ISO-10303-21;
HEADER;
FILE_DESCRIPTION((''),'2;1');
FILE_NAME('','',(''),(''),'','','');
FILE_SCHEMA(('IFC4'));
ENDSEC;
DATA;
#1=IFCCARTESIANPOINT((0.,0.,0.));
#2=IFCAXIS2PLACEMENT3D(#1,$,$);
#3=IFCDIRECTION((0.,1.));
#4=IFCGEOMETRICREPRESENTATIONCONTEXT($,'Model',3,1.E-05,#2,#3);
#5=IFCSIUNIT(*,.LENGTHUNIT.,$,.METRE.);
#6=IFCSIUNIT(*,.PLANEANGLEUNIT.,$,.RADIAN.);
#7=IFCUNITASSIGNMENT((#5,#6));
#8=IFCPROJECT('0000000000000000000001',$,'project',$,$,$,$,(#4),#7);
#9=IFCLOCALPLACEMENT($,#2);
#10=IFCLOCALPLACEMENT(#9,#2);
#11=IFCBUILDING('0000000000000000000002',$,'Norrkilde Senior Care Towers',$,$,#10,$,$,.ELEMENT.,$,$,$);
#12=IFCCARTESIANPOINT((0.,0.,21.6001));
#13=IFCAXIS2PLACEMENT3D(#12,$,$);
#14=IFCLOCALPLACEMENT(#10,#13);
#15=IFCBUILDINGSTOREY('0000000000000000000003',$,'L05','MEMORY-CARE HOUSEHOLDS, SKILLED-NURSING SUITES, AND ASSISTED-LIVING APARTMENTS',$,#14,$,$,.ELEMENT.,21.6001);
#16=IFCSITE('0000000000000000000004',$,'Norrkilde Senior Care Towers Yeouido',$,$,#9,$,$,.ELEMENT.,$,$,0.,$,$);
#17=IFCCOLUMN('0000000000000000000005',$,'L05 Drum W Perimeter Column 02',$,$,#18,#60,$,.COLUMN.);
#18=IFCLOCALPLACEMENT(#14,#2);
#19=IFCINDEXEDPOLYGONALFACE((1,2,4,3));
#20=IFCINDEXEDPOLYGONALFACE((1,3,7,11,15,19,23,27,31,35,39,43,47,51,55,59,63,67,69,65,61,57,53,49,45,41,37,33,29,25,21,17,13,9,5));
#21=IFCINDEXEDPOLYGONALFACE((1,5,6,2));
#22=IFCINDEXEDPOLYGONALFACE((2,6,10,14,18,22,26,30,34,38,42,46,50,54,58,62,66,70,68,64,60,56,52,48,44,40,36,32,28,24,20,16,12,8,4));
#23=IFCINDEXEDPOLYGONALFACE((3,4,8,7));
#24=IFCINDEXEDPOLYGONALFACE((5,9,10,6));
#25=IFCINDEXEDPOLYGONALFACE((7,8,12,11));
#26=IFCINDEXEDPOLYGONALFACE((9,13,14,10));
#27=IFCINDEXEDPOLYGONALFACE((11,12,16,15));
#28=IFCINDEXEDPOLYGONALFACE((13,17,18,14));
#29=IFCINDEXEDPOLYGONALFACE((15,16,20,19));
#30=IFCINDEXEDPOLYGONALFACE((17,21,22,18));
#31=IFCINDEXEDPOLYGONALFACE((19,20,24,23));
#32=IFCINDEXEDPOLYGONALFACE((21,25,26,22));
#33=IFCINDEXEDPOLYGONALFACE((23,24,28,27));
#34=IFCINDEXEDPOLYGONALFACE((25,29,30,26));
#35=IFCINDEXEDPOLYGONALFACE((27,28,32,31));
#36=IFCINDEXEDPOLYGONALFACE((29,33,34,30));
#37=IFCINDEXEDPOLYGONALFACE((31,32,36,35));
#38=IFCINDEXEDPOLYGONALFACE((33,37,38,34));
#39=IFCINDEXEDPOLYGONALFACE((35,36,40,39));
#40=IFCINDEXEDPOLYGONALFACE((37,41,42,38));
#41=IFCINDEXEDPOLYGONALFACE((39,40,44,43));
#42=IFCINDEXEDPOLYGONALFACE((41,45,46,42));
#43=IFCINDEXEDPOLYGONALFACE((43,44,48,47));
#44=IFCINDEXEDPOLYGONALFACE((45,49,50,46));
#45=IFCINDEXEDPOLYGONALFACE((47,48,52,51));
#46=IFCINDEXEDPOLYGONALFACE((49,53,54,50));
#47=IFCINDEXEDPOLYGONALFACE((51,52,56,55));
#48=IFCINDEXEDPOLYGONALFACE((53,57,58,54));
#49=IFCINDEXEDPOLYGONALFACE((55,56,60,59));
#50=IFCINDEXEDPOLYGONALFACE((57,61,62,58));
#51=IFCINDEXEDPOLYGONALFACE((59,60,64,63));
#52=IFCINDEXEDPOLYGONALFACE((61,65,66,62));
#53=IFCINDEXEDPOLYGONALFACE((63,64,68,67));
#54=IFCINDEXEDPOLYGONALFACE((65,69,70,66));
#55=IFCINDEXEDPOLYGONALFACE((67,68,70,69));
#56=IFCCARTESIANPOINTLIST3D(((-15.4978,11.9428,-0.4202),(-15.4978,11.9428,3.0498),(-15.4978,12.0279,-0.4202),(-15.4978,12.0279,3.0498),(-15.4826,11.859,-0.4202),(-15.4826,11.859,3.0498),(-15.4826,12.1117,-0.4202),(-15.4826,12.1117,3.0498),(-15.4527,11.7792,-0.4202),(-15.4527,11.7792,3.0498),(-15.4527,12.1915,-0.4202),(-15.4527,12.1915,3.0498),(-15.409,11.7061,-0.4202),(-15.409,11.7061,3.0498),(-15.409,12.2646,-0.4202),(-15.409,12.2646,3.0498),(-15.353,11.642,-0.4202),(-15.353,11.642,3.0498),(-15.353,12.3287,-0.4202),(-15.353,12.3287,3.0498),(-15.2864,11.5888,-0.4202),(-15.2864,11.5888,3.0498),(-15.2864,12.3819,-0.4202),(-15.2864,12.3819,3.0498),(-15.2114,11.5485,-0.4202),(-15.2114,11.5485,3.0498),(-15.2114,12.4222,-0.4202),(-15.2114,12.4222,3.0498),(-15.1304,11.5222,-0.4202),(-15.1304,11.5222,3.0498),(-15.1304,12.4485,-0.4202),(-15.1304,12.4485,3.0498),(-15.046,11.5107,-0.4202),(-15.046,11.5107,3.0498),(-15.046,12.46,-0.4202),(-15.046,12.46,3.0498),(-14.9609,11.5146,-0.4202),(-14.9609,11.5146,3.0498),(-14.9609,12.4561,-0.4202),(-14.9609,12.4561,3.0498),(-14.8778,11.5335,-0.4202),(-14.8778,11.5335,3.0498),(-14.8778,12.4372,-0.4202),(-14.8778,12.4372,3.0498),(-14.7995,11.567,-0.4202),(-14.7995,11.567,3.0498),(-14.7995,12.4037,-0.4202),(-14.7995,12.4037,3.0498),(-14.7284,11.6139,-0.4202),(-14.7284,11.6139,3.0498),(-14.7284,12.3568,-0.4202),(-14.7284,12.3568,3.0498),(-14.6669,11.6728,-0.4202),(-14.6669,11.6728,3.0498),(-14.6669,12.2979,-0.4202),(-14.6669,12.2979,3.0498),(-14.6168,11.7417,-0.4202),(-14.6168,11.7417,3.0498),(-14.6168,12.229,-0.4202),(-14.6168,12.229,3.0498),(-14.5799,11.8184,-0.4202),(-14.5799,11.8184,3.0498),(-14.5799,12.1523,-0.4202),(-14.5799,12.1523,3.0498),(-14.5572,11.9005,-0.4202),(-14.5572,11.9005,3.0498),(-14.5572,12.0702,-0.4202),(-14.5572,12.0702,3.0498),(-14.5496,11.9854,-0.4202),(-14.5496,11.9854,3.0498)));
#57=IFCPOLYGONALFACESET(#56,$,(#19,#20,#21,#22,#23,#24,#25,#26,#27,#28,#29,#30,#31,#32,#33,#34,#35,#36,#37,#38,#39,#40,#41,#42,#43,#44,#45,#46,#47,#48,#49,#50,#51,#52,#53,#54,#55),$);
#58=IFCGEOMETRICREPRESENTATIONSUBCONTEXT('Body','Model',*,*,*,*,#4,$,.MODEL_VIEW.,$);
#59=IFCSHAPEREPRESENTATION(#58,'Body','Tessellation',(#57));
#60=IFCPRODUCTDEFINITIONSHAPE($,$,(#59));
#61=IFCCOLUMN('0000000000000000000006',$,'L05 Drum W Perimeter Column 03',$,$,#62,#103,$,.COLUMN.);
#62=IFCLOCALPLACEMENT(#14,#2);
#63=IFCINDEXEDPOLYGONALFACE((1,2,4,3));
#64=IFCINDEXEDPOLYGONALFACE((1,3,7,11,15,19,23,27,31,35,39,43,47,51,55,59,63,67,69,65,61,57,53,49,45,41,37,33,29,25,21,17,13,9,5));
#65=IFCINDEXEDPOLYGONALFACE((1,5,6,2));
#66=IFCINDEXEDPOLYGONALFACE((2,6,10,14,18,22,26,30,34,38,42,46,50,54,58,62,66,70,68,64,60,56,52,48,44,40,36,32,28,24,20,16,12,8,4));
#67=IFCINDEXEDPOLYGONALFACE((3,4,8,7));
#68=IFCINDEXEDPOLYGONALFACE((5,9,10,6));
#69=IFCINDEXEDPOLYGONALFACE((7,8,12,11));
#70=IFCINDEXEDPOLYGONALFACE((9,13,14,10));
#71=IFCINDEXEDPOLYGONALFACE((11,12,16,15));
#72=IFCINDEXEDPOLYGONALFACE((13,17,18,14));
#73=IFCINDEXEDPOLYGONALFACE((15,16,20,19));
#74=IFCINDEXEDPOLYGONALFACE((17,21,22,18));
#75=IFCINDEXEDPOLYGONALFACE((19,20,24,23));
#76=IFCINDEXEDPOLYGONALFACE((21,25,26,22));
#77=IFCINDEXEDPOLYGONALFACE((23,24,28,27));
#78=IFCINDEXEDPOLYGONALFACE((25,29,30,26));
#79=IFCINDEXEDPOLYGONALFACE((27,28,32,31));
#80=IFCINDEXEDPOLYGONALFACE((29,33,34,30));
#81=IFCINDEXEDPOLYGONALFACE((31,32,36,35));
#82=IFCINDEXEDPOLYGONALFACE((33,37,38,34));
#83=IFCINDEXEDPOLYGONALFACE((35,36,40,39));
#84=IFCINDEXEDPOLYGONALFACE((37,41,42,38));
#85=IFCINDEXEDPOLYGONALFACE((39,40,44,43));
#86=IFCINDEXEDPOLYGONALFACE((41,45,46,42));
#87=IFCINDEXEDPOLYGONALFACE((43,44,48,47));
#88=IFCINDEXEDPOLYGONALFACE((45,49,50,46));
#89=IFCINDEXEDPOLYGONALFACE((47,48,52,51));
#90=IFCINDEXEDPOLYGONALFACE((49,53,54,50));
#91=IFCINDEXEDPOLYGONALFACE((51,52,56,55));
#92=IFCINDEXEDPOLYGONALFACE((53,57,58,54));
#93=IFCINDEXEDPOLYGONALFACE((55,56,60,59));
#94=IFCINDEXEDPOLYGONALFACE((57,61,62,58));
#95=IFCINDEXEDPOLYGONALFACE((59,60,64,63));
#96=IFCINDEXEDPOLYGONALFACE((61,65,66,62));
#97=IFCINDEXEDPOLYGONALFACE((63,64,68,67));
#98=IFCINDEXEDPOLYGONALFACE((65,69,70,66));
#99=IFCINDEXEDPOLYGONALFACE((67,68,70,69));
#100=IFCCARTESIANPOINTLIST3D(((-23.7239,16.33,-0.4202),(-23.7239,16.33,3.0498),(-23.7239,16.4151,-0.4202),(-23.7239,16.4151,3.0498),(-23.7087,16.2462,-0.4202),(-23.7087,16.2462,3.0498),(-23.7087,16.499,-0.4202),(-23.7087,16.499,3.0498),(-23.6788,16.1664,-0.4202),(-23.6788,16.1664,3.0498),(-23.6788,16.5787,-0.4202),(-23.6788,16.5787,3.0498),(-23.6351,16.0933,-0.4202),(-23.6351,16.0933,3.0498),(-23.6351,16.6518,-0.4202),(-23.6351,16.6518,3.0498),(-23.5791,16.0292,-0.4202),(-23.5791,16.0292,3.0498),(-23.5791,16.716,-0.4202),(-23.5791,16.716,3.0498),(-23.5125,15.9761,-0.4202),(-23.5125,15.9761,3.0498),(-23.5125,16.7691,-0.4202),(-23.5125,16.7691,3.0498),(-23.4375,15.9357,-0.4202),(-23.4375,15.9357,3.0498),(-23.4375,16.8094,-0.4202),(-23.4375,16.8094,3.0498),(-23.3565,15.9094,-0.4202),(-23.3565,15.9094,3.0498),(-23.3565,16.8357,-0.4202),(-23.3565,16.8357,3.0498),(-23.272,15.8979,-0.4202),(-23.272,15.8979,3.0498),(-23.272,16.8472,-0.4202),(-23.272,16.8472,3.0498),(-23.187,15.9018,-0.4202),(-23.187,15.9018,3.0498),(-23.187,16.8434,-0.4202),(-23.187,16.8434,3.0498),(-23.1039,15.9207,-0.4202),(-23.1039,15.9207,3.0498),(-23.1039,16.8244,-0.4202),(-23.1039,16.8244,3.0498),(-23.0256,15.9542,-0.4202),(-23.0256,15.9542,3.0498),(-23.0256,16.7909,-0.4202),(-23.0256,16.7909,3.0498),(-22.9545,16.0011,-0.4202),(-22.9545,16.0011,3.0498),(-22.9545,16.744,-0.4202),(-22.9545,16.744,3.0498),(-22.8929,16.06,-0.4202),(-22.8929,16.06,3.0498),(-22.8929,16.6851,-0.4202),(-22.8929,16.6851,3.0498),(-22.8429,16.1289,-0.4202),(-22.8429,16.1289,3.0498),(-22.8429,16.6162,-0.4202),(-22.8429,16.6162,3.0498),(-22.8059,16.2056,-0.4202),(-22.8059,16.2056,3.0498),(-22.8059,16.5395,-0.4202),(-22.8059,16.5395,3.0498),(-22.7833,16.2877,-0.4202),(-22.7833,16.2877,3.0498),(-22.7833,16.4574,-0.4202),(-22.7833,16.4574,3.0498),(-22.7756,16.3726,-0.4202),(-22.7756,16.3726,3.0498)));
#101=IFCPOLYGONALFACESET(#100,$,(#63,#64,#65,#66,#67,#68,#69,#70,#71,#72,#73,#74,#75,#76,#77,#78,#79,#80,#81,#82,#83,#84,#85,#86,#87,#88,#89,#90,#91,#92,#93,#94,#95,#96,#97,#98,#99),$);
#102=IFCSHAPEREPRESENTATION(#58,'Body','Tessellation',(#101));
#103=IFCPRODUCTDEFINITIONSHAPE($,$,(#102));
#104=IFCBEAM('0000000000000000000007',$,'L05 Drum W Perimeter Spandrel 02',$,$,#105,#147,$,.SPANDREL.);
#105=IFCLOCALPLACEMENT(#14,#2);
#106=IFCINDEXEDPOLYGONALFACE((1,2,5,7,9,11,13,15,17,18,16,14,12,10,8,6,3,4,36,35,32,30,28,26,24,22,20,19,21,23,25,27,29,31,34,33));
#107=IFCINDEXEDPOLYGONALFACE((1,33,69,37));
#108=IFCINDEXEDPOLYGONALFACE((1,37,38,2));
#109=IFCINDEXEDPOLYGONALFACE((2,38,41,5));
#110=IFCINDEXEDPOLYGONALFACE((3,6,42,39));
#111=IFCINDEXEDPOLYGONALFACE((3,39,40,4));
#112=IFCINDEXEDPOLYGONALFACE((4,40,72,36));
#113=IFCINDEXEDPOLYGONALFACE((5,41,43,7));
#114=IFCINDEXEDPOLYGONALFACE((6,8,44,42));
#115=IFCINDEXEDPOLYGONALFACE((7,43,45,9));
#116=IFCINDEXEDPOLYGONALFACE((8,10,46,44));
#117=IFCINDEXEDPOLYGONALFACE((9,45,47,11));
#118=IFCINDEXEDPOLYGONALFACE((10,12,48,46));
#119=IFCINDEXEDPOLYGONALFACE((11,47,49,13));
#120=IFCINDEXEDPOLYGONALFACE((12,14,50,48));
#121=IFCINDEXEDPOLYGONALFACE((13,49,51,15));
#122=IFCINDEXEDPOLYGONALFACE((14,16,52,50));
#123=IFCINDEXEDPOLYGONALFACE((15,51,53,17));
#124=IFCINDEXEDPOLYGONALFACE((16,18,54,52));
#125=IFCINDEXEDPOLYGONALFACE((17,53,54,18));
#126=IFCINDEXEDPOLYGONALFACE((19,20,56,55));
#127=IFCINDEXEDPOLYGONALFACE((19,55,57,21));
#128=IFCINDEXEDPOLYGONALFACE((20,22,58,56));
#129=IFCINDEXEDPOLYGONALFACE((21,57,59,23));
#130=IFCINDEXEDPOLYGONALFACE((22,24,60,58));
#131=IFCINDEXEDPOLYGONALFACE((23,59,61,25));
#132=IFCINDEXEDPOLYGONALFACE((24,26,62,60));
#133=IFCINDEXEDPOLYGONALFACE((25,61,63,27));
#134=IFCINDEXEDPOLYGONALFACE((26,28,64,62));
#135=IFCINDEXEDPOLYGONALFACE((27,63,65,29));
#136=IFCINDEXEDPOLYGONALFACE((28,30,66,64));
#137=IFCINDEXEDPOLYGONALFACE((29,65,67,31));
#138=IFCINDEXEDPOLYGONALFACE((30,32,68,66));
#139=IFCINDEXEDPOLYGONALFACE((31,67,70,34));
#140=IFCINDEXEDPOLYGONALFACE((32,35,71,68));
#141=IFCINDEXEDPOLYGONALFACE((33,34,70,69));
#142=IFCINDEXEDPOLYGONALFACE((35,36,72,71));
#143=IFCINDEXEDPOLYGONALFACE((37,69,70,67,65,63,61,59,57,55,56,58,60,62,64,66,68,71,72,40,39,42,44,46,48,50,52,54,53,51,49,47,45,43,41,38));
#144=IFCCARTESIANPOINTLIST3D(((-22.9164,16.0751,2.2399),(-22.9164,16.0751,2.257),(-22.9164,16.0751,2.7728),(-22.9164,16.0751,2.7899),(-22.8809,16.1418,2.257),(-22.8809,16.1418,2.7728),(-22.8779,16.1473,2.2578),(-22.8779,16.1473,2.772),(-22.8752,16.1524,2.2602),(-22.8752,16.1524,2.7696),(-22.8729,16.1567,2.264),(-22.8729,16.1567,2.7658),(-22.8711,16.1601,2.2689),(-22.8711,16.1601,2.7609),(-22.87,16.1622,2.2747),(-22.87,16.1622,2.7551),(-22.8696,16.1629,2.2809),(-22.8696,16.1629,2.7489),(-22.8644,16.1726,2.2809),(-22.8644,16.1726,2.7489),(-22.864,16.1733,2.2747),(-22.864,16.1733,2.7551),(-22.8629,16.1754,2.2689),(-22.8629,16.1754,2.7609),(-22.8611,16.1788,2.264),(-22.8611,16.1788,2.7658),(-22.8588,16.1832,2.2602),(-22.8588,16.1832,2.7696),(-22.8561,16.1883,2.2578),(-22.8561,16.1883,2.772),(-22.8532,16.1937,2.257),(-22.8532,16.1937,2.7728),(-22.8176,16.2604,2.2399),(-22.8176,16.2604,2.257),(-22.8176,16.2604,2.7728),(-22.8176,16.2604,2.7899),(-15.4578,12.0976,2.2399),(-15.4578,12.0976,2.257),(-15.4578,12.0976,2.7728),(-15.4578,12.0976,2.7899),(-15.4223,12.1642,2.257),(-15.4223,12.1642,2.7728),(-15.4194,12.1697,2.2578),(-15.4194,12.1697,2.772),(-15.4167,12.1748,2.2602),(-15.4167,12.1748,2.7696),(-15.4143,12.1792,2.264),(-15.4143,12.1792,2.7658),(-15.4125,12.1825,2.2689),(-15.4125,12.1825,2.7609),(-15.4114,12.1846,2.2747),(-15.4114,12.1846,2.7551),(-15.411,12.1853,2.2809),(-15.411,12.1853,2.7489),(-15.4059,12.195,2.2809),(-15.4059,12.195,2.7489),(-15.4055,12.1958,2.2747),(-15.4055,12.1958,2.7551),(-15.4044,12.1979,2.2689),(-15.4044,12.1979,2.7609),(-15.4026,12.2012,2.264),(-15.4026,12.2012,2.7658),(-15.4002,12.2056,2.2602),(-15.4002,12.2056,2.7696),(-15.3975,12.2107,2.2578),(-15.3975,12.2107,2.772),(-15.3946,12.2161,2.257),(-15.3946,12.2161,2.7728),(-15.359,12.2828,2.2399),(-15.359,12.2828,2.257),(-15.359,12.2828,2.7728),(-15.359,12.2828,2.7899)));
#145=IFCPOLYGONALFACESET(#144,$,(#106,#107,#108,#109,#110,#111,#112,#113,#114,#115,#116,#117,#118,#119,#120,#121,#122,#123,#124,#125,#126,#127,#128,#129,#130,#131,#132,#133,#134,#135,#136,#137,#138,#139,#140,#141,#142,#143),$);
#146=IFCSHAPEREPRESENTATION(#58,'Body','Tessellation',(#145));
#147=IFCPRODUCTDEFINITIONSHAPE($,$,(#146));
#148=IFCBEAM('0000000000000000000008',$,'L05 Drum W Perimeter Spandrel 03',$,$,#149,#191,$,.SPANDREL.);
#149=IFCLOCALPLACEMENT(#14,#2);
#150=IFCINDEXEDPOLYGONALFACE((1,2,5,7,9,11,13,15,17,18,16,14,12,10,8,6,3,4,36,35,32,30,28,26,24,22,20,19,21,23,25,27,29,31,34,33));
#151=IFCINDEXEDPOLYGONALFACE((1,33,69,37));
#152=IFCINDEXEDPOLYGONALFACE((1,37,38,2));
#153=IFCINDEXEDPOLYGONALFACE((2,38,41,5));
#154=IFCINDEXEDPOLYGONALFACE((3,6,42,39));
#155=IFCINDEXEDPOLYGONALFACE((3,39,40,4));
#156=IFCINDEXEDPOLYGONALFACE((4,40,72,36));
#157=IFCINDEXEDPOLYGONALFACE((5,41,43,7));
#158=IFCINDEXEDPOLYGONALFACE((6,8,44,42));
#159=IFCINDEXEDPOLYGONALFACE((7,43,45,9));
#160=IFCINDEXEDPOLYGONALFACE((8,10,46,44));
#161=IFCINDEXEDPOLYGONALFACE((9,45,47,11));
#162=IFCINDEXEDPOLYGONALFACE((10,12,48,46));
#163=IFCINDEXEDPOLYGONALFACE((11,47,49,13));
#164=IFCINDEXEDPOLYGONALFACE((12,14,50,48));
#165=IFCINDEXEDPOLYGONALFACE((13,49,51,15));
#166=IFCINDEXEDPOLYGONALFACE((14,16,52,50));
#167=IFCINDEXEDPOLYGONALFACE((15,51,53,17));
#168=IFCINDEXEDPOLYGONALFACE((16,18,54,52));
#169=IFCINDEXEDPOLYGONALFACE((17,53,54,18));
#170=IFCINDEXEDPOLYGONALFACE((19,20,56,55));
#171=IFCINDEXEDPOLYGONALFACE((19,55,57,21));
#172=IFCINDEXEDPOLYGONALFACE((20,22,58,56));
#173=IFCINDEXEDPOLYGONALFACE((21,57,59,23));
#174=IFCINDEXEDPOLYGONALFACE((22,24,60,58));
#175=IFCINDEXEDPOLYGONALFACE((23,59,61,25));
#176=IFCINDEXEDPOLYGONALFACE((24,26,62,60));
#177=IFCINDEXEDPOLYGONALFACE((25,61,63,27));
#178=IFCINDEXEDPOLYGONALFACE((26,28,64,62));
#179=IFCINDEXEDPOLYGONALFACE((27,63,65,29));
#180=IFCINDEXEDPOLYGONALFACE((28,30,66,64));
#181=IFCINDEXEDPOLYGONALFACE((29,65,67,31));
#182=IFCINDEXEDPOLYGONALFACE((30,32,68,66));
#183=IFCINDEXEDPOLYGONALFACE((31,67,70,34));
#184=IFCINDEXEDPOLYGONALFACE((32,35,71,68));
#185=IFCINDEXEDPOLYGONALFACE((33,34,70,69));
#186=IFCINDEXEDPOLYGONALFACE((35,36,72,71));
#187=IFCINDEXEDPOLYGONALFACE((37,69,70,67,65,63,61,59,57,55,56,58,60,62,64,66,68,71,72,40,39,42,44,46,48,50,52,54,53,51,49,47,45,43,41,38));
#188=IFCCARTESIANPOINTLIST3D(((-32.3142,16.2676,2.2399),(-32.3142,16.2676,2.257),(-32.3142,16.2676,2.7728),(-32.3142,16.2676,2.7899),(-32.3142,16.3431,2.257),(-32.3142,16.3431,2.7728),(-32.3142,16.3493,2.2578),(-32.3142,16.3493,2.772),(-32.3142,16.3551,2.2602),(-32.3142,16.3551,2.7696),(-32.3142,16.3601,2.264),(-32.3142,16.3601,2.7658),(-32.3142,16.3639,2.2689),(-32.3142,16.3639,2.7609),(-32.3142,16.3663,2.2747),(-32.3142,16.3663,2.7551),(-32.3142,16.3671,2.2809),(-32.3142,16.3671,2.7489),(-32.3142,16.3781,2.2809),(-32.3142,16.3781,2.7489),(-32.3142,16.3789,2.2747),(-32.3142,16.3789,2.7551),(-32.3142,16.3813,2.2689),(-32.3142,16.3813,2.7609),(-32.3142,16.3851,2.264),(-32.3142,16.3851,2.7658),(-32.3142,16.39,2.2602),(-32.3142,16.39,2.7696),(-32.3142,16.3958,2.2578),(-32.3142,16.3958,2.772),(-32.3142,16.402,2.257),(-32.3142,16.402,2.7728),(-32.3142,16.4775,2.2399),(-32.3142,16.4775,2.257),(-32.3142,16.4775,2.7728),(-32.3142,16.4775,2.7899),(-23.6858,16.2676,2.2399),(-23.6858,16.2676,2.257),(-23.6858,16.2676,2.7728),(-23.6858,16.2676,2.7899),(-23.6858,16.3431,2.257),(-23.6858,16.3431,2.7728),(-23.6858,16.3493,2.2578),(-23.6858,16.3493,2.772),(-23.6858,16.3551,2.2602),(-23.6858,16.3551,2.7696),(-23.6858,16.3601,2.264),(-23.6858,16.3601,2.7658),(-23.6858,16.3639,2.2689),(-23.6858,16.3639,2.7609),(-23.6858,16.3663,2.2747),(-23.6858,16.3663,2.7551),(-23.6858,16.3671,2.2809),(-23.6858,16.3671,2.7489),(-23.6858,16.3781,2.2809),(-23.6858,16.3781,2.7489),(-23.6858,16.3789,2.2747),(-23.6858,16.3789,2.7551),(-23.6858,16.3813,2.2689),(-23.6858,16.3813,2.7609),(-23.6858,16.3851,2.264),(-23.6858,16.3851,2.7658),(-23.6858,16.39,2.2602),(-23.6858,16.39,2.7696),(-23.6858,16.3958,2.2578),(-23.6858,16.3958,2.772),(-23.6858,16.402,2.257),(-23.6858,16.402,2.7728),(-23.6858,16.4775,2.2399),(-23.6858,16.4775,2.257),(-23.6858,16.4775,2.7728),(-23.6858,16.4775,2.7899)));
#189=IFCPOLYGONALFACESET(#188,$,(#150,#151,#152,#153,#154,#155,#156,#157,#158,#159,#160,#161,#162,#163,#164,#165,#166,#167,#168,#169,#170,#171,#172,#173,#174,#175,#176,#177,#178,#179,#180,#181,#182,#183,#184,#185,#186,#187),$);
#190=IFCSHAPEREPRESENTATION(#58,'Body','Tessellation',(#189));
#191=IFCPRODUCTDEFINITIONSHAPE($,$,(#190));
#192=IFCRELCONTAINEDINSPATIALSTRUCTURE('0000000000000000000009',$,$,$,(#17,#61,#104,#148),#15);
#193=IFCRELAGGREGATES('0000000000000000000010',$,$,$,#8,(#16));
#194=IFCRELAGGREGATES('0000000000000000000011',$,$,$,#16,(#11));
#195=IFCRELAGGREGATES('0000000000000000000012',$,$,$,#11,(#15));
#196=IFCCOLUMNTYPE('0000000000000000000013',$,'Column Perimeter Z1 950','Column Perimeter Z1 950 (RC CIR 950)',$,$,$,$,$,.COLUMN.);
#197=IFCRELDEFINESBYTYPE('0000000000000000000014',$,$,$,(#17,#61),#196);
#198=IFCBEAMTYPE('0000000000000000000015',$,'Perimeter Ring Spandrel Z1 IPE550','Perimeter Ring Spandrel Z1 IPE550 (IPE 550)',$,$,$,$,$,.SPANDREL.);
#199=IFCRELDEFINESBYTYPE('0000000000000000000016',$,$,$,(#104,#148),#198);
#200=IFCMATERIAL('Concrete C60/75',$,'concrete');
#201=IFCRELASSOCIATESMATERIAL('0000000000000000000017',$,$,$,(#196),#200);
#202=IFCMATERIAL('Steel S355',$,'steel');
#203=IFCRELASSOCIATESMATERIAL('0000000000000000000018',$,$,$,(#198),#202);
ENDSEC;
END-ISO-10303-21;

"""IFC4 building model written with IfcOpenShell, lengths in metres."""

from ifc_helpers import new_model, si_unit, direction, frame, origin, origin_2d, place, context, subcontext, project, spatial, circle, i_section, extrude, source, transform, mapped, material, material_profile, profile_set, type_object, type_shapes, element, save


model = new_model("IFC4")

# Units and contexts
model_context = context("Model", 3, precision=1e-05, world=origin(), true_north=direction((0.0, 1.0)))
body_context = subcontext(model_context, "Body", "Model", "MODEL_VIEW")
ifc_project = project(units=[si_unit("LENGTHUNIT", "METRE"), si_unit("PLANEANGLEUNIT", "RADIAN")], contexts=[model_context])

# Site, building, storey
site_placement = place(None, origin())
site = spatial("IfcSite", under=ifc_project, at=site_placement, Name="Norrkilde Senior Care Towers Yeouido", CompositionType="ELEMENT", RefElevation=0.0)
building_placement = place(site_placement, origin())
building = spatial("IfcBuilding", under=site, at=building_placement, Name="Norrkilde Senior Care Towers", CompositionType="ELEMENT")
storey_placement = place(building_placement, frame((0.0, 0.0, 21.6001)))
storey = spatial("IfcBuildingStorey", under=building, at=storey_placement, Name="L05", Description="MEMORY-CARE HOUSEHOLDS, SKILLED-NURSING SUITES, AND ASSISTED-LIVING APARTMENTS", CompositionType="ELEMENT", Elevation=21.6001)

# Columns
ifc_material_1 = material(Name="Concrete C60/75", Category="concrete")
ifc_material_profile_1 = material_profile(ifc_material_1, circle(Radius=0.4751, at=origin_2d()), Name="RC CIR 950")
ifc_profile_set_1 = profile_set([ifc_material_profile_1], Name="Concrete C60/75")
column_type = type_object("IfcColumnType", Name="Column Perimeter Z1 950", Description="Column Perimeter Z1 950 (RC CIR 950)", PredefinedType="COLUMN", material=ifc_profile_set_1)
shared_shape_1 = source(origin(), body_context, "Body", "SweptSolid", [
    extrude(circle(Radius=0.4751, at=origin_2d()), origin(), (0.0, 0.0, 1.0), 3.47),
])
type_shapes(column_type, [shared_shape_1])
for number, where, z_axis, x_axis, name in (
    (1, (-15.0247, 11.9854, -0.4202), (0.0, 0.0, 1.0), (1.0, 0.0, 0.0), "L05 Drum W Perimeter Column 02"),
    (2, (-23.2507, 16.3726, -0.4202), (0.0, 0.0, 1.0), (1.0, 0.0, 0.0), "L05 Drum W Perimeter Column 03"),
):
    element("IfcColumn", number, at=place(storey_placement, frame(where, z_axis=z_axis, x_axis=x_axis)), inside=storey, type_object=column_type, Name=name, PredefinedType="COLUMN", context=body_context, shape_type="MappedRepresentation", body=[
        mapped(shared_shape_1, transform((0.0, 0.0, 0.0), x_axis=(1.0, 0.0, 0.0), y_axis=(0.0, 1.0, 0.0), z_axis=(0.0, 0.0, 1.0), scale=1.0)),
    ])

# Beams
ifc_material_2 = material(Name="Steel S355", Category="steel")
ifc_material_profile_2 = material_profile(ifc_material_2, i_section(OverallWidth=0.21, OverallDepth=0.55, WebThickness=0.011, FlangeThickness=0.0171, FilletRadius=0.0239, at=origin_2d()), Name="IPE 550")
ifc_profile_set_2 = profile_set([ifc_material_profile_2], Name="Steel S355")
beam_type_1 = type_object("IfcBeamType", Name="Perimeter Ring Spandrel Z1 IPE550", Description="Perimeter Ring Spandrel Z1 IPE550 (IPE 550)", PredefinedType="SPANDREL", material=ifc_profile_set_2)
shared_shape_2 = source(origin(), body_context, "Body", "SweptSolid", [
    extrude(i_section(OverallWidth=0.21, OverallDepth=0.55, WebThickness=0.011, FlangeThickness=0.0171, FilletRadius=0.0239, at=origin_2d()), origin(), (0.0, 0.0, 1.0), 8.4529),
])
beam_1_placement = place(storey_placement, frame((-15.4084, 12.1902, 2.5149), z_axis=(-0.882369, 0.470558, 0.0), x_axis=(-0.470558, -0.882369, 0.0)))
element("IfcBeam", 3, at=beam_1_placement, inside=storey, type_object=beam_type_1, Name="L05 Drum W Perimeter Spandrel 02", PredefinedType="SPANDREL", context=body_context, shape_type="MappedRepresentation", body=[
    mapped(shared_shape_2, transform((0.0, 0.0, 0.0), x_axis=(1.0, 0.0, 0.0), y_axis=(0.0, 1.0, 0.0), z_axis=(0.0, 0.0, 1.0), scale=1.0)),
])
shared_shape_3 = source(origin(), body_context, "Body", "SweptSolid", [
    extrude(i_section(OverallWidth=0.21, OverallDepth=0.55, WebThickness=0.011, FlangeThickness=0.0171, FilletRadius=0.0239, at=origin_2d()), origin(), (0.0, 0.0, 1.0), 8.6284),
])
type_shapes(beam_type_1, [shared_shape_2, shared_shape_3])
beam_2_placement = place(storey_placement, frame((-23.6858, 16.3726, 2.5149), z_axis=(-1.0, 0.0, 0.0), x_axis=(0.0, -1.0, 0.0)))
element("IfcBeam", 4, at=beam_2_placement, inside=storey, type_object=beam_type_1, Name="L05 Drum W Perimeter Spandrel 03", PredefinedType="SPANDREL", context=body_context, shape_type="MappedRepresentation", body=[
    mapped(shared_shape_3, transform((0.0, 0.0, 0.0), x_axis=(1.0, 0.0, 0.0), y_axis=(0.0, 1.0, 0.0), z_axis=(0.0, 0.0, 1.0), scale=1.0)),
])

save(model, "model.ifc")
